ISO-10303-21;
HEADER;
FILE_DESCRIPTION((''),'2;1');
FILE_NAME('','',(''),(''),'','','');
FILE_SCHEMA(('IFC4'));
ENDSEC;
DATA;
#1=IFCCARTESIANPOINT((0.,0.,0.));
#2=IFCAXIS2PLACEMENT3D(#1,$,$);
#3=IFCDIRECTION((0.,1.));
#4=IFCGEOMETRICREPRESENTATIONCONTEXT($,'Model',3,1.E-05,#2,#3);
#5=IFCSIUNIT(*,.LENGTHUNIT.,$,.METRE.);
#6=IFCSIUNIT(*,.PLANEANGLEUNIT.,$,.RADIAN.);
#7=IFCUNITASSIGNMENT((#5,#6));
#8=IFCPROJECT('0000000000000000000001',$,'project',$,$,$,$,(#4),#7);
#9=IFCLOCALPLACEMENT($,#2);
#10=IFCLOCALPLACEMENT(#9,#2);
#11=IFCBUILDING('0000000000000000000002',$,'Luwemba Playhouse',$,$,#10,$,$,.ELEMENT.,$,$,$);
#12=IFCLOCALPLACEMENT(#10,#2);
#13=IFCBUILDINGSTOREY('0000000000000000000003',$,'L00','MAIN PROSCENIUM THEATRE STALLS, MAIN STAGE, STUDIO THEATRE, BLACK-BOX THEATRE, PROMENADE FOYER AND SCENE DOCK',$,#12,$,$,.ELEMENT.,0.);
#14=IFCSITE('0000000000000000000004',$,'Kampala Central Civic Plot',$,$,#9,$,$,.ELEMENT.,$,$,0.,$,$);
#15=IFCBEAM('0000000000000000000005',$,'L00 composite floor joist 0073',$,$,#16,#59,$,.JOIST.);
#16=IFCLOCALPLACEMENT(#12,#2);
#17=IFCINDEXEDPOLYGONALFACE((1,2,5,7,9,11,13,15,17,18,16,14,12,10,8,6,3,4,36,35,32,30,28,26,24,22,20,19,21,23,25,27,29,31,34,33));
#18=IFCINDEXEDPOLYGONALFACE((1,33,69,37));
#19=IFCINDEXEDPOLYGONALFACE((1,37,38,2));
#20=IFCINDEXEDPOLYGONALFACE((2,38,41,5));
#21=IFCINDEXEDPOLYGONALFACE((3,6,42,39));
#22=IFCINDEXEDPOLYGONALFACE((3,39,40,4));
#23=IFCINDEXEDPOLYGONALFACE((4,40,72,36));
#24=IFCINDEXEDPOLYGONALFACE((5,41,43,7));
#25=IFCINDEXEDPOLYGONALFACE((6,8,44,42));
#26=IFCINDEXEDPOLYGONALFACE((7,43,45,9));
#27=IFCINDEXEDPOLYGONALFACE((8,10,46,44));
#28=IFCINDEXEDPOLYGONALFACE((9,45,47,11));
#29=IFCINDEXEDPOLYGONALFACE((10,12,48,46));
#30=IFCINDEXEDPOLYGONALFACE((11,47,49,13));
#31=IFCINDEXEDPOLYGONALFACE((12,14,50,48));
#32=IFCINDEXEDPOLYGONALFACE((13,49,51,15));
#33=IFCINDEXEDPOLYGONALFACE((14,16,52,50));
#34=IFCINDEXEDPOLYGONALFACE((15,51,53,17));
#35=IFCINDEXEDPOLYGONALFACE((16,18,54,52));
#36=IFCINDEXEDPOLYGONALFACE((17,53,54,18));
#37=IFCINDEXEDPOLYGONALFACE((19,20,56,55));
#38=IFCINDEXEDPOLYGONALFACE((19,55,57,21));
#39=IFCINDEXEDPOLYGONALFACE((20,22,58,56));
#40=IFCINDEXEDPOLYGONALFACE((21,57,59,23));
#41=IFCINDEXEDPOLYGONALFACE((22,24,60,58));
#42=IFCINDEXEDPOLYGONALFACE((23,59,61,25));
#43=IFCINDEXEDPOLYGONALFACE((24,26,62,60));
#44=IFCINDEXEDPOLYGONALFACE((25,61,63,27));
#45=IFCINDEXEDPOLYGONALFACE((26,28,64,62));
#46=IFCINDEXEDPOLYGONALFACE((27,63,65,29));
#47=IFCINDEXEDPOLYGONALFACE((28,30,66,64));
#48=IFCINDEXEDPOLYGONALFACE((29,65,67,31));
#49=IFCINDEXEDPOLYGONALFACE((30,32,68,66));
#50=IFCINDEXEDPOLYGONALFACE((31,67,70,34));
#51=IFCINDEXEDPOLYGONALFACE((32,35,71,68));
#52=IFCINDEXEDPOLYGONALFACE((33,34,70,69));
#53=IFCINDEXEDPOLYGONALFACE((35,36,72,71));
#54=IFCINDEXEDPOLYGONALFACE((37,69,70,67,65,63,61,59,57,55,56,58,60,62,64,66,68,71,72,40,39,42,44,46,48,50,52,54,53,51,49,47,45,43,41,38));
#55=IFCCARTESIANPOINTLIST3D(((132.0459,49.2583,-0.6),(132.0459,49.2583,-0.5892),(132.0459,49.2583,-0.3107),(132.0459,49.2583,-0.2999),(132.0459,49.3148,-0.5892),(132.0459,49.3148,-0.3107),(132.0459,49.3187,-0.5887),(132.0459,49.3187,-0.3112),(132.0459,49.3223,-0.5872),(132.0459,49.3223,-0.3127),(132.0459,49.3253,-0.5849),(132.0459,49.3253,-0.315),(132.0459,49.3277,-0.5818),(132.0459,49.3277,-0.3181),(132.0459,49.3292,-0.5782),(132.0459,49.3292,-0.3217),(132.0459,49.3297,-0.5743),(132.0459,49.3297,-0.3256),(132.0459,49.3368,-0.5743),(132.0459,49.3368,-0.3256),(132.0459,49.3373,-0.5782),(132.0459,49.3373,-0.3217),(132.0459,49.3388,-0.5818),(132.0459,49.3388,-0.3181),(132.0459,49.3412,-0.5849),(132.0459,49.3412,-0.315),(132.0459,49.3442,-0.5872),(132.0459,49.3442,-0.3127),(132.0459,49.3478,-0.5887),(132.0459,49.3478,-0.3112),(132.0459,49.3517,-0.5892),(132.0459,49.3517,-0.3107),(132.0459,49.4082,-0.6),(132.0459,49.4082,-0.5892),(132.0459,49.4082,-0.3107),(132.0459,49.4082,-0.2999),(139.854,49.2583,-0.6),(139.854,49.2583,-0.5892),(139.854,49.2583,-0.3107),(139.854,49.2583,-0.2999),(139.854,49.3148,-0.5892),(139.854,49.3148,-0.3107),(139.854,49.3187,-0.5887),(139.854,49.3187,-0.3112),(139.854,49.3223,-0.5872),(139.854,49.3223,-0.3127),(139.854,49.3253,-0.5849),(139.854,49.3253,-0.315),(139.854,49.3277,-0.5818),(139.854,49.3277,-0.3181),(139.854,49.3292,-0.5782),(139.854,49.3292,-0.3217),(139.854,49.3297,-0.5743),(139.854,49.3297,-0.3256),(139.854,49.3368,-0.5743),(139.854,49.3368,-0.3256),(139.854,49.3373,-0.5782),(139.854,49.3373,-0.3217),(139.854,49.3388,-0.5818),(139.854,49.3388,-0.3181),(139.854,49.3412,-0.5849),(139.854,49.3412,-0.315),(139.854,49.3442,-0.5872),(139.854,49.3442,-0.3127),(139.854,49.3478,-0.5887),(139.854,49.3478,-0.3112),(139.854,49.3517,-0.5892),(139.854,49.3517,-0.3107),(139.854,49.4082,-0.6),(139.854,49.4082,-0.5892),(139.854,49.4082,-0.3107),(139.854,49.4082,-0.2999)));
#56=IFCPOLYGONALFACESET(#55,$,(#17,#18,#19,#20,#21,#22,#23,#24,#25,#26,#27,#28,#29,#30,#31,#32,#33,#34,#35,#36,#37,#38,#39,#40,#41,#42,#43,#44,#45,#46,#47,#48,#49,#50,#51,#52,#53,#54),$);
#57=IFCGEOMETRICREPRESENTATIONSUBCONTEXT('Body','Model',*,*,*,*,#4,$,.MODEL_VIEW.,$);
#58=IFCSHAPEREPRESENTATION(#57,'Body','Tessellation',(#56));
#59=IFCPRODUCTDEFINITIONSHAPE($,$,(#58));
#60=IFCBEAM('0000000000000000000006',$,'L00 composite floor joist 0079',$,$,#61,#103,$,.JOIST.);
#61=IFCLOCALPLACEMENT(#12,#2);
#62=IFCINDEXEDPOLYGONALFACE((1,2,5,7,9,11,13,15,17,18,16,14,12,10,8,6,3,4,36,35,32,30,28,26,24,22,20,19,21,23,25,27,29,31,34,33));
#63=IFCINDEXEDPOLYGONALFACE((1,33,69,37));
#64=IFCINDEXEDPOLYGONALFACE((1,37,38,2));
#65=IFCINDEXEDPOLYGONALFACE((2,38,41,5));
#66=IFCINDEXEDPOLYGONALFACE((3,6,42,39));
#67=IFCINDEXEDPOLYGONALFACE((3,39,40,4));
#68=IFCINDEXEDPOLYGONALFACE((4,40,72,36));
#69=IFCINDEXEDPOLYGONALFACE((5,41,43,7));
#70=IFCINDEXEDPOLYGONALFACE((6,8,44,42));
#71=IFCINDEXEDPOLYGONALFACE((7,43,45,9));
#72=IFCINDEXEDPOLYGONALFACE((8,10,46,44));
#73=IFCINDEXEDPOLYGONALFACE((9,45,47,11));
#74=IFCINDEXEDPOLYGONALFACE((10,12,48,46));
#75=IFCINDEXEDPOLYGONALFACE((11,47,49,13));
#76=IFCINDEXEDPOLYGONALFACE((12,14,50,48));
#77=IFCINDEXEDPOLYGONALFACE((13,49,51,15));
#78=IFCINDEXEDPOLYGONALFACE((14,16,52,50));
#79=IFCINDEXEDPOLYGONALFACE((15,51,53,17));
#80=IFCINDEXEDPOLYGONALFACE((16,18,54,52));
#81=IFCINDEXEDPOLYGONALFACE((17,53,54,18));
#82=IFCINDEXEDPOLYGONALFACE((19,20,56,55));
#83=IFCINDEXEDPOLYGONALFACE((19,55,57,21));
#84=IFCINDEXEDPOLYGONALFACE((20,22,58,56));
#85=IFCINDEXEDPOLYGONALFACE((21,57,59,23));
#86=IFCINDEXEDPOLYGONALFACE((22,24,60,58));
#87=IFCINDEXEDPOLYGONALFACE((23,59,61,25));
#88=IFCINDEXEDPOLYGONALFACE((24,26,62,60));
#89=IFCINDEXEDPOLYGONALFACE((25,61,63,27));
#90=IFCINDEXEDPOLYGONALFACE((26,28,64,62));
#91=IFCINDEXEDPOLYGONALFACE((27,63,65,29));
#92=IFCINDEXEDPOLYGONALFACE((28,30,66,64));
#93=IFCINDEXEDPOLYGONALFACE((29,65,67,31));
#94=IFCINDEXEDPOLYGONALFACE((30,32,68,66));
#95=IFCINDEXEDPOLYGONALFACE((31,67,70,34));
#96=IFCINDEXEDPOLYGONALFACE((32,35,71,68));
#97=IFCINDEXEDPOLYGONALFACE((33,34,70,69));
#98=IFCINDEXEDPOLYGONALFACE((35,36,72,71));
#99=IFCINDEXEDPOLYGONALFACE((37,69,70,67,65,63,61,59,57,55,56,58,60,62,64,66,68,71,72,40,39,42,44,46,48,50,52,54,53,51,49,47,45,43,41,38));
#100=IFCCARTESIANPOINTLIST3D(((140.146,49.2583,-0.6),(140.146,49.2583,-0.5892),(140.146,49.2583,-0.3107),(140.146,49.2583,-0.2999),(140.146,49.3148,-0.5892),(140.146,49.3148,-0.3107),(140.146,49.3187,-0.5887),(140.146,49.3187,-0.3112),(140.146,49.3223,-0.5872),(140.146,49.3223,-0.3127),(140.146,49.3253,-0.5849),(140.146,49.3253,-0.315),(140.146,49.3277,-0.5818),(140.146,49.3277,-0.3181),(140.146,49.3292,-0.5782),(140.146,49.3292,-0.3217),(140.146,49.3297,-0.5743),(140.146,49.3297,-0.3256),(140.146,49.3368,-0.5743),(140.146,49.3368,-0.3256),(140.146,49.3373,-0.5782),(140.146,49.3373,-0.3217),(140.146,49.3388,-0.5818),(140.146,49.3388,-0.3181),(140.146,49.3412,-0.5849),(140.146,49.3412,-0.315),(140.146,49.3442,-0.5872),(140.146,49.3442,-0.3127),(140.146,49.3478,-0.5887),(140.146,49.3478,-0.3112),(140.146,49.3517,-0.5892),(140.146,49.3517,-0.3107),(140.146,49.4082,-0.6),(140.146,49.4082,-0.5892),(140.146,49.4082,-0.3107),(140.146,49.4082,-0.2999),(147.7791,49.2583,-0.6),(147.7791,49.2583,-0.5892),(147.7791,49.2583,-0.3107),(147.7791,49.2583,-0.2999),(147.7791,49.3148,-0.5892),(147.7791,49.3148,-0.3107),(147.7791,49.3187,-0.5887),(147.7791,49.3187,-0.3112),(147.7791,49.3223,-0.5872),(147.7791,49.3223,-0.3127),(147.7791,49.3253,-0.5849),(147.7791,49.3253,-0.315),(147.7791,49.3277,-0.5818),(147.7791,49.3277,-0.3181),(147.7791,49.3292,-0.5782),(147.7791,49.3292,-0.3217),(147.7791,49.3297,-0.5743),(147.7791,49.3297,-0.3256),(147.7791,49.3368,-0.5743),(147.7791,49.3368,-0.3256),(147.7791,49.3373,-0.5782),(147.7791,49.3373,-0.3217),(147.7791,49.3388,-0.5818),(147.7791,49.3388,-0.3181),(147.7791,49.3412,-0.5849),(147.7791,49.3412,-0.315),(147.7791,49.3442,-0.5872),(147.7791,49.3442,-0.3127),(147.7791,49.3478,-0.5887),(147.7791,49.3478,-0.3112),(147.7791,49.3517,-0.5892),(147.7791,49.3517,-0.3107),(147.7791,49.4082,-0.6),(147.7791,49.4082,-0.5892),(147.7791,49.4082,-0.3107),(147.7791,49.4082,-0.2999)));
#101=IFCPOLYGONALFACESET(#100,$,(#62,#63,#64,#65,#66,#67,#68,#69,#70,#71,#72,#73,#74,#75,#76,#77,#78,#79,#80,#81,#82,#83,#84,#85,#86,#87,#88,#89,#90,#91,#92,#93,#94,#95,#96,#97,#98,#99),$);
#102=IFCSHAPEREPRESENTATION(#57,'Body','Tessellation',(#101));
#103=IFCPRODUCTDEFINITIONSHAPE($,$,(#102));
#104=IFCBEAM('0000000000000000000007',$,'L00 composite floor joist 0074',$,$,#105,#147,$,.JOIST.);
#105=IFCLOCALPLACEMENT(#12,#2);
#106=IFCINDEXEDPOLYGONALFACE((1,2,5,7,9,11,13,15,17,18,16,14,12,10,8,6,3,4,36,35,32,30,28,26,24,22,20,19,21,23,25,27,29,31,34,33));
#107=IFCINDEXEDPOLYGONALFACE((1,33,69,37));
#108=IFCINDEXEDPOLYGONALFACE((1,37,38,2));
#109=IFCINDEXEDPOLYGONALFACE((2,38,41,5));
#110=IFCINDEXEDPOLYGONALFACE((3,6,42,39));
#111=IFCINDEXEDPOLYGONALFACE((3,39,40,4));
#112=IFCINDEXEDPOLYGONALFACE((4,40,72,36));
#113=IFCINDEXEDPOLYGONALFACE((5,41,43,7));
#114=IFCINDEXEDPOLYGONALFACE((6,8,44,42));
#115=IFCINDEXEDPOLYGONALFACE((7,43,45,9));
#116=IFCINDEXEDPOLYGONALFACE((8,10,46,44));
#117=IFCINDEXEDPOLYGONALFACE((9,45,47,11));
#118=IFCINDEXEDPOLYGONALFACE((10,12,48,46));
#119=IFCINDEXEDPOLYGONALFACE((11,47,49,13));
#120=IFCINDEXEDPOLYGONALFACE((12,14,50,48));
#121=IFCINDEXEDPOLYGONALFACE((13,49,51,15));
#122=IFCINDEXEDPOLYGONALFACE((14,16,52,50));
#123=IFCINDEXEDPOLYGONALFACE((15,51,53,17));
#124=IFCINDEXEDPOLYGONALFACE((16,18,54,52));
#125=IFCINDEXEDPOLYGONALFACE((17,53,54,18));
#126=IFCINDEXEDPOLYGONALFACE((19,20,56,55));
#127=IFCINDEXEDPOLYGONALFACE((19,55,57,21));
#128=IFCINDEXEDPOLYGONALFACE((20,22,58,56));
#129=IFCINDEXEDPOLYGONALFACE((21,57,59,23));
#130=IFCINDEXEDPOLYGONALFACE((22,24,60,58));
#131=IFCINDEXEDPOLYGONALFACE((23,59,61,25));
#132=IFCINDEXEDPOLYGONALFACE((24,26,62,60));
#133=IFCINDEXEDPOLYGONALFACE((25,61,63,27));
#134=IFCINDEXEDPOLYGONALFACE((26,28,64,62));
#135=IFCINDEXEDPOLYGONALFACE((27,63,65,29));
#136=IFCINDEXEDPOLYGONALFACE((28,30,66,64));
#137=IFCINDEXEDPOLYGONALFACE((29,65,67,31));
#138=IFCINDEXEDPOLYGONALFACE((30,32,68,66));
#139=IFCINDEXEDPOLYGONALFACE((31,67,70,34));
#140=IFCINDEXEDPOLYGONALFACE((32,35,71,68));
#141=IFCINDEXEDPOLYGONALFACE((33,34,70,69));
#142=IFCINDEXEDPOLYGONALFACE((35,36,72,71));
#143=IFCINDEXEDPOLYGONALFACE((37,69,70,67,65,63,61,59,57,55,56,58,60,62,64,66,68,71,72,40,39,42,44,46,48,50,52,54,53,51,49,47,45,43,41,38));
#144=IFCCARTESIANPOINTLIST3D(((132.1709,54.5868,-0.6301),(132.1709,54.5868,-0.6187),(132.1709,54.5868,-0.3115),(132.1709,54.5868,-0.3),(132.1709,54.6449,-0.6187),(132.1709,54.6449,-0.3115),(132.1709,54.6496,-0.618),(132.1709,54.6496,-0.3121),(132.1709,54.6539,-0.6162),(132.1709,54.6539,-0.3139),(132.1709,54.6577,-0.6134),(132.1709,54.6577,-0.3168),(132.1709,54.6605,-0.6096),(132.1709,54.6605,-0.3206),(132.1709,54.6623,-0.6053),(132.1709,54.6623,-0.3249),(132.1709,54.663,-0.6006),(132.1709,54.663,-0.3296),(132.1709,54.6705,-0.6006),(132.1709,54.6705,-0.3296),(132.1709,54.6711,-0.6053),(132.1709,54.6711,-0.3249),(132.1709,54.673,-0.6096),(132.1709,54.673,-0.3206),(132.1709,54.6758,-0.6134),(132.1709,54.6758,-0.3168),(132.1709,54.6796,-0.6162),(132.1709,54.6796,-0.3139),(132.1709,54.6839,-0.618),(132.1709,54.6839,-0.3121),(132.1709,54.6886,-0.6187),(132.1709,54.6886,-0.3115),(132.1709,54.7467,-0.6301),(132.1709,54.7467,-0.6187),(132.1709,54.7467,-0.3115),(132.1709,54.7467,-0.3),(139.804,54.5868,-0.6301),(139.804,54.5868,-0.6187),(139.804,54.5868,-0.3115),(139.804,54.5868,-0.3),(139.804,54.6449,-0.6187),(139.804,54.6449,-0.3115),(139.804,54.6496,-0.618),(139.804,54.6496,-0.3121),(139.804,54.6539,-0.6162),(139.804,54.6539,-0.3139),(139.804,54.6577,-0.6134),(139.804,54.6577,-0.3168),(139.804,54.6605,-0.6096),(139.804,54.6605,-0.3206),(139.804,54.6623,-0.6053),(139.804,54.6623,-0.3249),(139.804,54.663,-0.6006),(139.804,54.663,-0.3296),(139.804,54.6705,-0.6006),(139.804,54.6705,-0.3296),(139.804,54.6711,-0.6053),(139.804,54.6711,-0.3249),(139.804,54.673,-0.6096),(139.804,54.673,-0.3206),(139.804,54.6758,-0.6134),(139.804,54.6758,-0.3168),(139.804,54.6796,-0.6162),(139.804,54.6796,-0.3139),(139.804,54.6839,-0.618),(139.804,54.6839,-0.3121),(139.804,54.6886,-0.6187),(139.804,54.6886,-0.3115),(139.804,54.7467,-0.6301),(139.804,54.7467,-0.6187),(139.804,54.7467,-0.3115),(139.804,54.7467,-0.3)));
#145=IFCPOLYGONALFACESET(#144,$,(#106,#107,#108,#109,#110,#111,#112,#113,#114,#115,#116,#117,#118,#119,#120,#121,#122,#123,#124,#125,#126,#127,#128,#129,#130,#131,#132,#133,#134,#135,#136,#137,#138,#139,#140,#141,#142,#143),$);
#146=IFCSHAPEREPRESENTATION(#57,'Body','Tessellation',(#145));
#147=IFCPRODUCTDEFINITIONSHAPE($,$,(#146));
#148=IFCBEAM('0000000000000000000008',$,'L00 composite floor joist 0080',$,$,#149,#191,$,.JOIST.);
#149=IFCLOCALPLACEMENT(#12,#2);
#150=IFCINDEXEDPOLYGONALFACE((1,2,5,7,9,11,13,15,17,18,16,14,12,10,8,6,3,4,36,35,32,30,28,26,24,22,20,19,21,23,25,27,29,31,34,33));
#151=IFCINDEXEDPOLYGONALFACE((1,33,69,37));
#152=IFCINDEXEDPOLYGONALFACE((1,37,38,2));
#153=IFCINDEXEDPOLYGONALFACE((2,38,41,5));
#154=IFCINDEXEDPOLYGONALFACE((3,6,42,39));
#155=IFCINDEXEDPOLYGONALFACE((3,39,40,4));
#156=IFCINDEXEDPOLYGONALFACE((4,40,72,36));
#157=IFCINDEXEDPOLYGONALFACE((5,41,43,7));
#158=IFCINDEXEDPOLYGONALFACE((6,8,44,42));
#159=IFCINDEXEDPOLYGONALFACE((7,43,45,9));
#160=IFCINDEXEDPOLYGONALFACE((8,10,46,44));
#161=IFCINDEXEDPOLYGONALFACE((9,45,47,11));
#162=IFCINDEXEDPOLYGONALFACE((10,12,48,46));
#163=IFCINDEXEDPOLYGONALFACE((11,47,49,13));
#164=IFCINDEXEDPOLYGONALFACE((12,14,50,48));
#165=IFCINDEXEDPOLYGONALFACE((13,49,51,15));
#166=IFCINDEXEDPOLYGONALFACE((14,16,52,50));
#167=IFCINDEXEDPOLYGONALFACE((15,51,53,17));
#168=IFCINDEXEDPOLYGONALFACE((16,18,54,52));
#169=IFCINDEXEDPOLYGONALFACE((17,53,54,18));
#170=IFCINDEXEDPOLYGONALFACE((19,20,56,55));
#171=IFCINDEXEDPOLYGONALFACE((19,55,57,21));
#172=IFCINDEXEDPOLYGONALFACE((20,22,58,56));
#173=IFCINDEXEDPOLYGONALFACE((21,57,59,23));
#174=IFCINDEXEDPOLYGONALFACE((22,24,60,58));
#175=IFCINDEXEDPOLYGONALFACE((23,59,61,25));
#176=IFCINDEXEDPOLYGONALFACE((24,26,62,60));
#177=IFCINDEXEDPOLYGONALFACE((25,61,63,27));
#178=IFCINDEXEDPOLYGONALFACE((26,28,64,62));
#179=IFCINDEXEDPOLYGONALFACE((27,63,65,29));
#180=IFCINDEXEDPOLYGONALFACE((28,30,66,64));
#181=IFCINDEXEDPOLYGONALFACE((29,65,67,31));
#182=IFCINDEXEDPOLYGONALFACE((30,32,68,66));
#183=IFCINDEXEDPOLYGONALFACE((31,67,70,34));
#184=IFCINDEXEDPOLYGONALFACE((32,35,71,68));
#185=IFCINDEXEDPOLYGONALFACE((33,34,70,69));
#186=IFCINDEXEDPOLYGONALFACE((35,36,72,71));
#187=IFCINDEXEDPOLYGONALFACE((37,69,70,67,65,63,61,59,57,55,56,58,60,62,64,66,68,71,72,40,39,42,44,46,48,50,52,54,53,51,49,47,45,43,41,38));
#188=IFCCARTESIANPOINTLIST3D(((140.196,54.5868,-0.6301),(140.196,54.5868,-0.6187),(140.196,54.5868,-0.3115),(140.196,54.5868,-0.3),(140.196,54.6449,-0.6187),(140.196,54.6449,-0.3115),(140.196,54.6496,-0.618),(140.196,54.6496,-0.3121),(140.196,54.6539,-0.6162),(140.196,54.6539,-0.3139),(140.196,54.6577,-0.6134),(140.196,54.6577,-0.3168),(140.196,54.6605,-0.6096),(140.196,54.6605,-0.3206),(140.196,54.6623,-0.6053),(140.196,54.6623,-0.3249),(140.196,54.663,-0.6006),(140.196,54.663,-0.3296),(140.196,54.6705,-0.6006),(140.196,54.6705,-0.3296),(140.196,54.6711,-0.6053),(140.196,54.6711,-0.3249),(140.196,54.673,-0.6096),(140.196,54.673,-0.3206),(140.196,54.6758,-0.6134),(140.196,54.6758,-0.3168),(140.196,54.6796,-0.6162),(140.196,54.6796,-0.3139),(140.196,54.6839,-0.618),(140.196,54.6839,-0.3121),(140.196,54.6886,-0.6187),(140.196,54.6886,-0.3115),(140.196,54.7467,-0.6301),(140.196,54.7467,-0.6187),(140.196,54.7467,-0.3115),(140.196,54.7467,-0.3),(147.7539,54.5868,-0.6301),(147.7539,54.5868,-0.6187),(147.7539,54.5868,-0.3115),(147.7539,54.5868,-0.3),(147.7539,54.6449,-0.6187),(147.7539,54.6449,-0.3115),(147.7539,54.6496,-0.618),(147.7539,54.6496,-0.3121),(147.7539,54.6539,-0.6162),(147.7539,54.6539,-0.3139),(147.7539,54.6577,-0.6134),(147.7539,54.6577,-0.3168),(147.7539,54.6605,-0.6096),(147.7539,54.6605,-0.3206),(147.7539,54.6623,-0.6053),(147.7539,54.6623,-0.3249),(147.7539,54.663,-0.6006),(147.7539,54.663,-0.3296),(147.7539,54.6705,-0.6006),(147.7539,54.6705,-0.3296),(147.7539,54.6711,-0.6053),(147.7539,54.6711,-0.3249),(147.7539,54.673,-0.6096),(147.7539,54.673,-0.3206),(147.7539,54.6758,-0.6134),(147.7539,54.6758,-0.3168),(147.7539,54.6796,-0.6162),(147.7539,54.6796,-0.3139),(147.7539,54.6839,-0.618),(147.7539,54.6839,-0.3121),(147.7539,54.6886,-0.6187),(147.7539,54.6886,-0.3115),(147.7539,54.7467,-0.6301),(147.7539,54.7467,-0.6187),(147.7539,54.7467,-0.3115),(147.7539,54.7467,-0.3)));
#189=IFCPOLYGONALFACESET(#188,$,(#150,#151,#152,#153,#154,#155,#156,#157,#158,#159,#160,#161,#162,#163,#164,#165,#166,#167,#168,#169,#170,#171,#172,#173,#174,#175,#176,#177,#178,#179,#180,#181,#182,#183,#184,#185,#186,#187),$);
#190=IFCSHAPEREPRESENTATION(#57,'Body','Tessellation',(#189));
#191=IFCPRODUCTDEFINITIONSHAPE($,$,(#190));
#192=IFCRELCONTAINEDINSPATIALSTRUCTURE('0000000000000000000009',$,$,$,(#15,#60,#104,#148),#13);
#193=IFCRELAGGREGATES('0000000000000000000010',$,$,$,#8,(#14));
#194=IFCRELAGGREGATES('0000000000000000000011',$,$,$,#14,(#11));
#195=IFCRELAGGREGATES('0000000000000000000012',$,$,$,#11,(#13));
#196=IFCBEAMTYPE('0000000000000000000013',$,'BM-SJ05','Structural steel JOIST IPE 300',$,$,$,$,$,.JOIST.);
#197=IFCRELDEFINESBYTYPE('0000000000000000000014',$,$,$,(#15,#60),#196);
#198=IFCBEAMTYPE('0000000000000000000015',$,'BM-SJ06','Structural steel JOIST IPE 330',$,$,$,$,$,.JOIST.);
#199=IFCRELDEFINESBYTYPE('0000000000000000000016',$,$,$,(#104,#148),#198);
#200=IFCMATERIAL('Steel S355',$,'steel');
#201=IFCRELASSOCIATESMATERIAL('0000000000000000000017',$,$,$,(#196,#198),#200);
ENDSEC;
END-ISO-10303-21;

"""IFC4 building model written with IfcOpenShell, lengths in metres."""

from ifc_helpers import new_model, si_unit, direction, frame, origin, origin_2d, place, context, subcontext, project, spatial, i_section, extrude, material, material_profile, profile_set, type_object, element, save


model = new_model("IFC4")

# Units and contexts
model_context = context("Model", 3, precision=1e-05, world=origin(), true_north=direction((0.0, 1.0)))
body_context = subcontext(model_context, "Body", "Model", "MODEL_VIEW")
ifc_project = project(units=[si_unit("LENGTHUNIT", "METRE"), si_unit("PLANEANGLEUNIT", "RADIAN")], contexts=[model_context])

# Site, building, storey
site_placement = place(None, origin())
site = spatial("IfcSite", under=ifc_project, at=site_placement, Name="Kampala Central Civic Plot", CompositionType="ELEMENT", RefElevation=0.0)
building_placement = place(site_placement, origin())
building = spatial("IfcBuilding", under=site, at=building_placement, Name="Luwemba Playhouse", CompositionType="ELEMENT")
storey_placement = place(building_placement, origin())
storey = spatial("IfcBuildingStorey", under=building, at=storey_placement, Name="L00", Description="MAIN PROSCENIUM THEATRE STALLS, MAIN STAGE, STUDIO THEATRE, BLACK-BOX THEATRE, PROMENADE FOYER AND SCENE DOCK", CompositionType="ELEMENT", Elevation=0.0)

# Beams
ifc_material_1 = material(Name="Steel S355", Category="steel")
ifc_material_profile_1 = material_profile(ifc_material_1, i_section(OverallWidth=0.1499, OverallDepth=0.3, WebThickness=0.0071, FlangeThickness=0.0107, FilletRadius=0.0149, at=origin_2d()))
ifc_profile_set_1 = profile_set([ifc_material_profile_1], Name="Steel S355")
beam_type_1 = type_object("IfcBeamType", Name="BM-SJ05", Description="Structural steel JOIST IPE 300", PredefinedType="JOIST", material=ifc_profile_set_1)
beam_1_placement = place(storey_placement, frame((132.0459, 49.3333, -0.45), z_axis=(1.0, 0.0, 0.0), x_axis=(0.0, 1.0, 0.0)))
element("IfcBeam", 1, at=beam_1_placement, inside=storey, type_object=beam_type_1, Name="L00 composite floor joist 0073", PredefinedType="JOIST", context=body_context, shape_type="SweptSolid", body=[
    extrude(i_section(OverallWidth=0.1499, OverallDepth=0.3, WebThickness=0.0071, FlangeThickness=0.0107, FilletRadius=0.0149, at=origin_2d()), origin(), (0.0, 0.0, 1.0), 7.8081),
])
beam_2_placement = place(storey_placement, frame((140.146, 49.3333, -0.45), z_axis=(1.0, 0.0, 0.0), x_axis=(0.0, 1.0, 0.0)))
element("IfcBeam", 2, at=beam_2_placement, inside=storey, type_object=beam_type_1, Name="L00 composite floor joist 0079", PredefinedType="JOIST", context=body_context, shape_type="SweptSolid", body=[
    extrude(i_section(OverallWidth=0.1499, OverallDepth=0.3, WebThickness=0.0071, FlangeThickness=0.0107, FilletRadius=0.0149, at=origin_2d()), origin(), (0.0, 0.0, 1.0), 7.6331),
])
ifc_material_profile_2 = material_profile(ifc_material_1, i_section(OverallWidth=0.1599, OverallDepth=0.3301, WebThickness=0.0076, FlangeThickness=0.0115, FilletRadius=0.0181, at=origin_2d()))
ifc_profile_set_2 = profile_set([ifc_material_profile_2], Name="Steel S355")
beam_type_2 = type_object("IfcBeamType", Name="BM-SJ06", Description="Structural steel JOIST IPE 330", PredefinedType="JOIST", material=ifc_profile_set_2)
beam_3_placement = place(storey_placement, frame((132.1709, 54.6667, -0.4651), z_axis=(1.0, 0.0, 0.0), x_axis=(0.0, 1.0, 0.0)))
element("IfcBeam", 3, at=beam_3_placement, inside=storey, type_object=beam_type_2, Name="L00 composite floor joist 0074", PredefinedType="JOIST", context=body_context, shape_type="SweptSolid", body=[
    extrude(i_section(OverallWidth=0.1599, OverallDepth=0.3301, WebThickness=0.0076, FlangeThickness=0.0115, FilletRadius=0.0181, at=origin_2d()), origin(), (0.0, 0.0, 1.0), 7.6331),
])
beam_4_placement = place(storey_placement, frame((140.196, 54.6667, -0.4651), z_axis=(1.0, 0.0, 0.0), x_axis=(0.0, 1.0, 0.0)))
element("IfcBeam", 4, at=beam_4_placement, inside=storey, type_object=beam_type_2, Name="L00 composite floor joist 0080", PredefinedType="JOIST", context=body_context, shape_type="SweptSolid", body=[
    extrude(i_section(OverallWidth=0.1599, OverallDepth=0.3301, WebThickness=0.0076, FlangeThickness=0.0115, FilletRadius=0.0181, at=origin_2d()), origin(), (0.0, 0.0, 1.0), 7.5579),
])

save(model, "model.ifc")
